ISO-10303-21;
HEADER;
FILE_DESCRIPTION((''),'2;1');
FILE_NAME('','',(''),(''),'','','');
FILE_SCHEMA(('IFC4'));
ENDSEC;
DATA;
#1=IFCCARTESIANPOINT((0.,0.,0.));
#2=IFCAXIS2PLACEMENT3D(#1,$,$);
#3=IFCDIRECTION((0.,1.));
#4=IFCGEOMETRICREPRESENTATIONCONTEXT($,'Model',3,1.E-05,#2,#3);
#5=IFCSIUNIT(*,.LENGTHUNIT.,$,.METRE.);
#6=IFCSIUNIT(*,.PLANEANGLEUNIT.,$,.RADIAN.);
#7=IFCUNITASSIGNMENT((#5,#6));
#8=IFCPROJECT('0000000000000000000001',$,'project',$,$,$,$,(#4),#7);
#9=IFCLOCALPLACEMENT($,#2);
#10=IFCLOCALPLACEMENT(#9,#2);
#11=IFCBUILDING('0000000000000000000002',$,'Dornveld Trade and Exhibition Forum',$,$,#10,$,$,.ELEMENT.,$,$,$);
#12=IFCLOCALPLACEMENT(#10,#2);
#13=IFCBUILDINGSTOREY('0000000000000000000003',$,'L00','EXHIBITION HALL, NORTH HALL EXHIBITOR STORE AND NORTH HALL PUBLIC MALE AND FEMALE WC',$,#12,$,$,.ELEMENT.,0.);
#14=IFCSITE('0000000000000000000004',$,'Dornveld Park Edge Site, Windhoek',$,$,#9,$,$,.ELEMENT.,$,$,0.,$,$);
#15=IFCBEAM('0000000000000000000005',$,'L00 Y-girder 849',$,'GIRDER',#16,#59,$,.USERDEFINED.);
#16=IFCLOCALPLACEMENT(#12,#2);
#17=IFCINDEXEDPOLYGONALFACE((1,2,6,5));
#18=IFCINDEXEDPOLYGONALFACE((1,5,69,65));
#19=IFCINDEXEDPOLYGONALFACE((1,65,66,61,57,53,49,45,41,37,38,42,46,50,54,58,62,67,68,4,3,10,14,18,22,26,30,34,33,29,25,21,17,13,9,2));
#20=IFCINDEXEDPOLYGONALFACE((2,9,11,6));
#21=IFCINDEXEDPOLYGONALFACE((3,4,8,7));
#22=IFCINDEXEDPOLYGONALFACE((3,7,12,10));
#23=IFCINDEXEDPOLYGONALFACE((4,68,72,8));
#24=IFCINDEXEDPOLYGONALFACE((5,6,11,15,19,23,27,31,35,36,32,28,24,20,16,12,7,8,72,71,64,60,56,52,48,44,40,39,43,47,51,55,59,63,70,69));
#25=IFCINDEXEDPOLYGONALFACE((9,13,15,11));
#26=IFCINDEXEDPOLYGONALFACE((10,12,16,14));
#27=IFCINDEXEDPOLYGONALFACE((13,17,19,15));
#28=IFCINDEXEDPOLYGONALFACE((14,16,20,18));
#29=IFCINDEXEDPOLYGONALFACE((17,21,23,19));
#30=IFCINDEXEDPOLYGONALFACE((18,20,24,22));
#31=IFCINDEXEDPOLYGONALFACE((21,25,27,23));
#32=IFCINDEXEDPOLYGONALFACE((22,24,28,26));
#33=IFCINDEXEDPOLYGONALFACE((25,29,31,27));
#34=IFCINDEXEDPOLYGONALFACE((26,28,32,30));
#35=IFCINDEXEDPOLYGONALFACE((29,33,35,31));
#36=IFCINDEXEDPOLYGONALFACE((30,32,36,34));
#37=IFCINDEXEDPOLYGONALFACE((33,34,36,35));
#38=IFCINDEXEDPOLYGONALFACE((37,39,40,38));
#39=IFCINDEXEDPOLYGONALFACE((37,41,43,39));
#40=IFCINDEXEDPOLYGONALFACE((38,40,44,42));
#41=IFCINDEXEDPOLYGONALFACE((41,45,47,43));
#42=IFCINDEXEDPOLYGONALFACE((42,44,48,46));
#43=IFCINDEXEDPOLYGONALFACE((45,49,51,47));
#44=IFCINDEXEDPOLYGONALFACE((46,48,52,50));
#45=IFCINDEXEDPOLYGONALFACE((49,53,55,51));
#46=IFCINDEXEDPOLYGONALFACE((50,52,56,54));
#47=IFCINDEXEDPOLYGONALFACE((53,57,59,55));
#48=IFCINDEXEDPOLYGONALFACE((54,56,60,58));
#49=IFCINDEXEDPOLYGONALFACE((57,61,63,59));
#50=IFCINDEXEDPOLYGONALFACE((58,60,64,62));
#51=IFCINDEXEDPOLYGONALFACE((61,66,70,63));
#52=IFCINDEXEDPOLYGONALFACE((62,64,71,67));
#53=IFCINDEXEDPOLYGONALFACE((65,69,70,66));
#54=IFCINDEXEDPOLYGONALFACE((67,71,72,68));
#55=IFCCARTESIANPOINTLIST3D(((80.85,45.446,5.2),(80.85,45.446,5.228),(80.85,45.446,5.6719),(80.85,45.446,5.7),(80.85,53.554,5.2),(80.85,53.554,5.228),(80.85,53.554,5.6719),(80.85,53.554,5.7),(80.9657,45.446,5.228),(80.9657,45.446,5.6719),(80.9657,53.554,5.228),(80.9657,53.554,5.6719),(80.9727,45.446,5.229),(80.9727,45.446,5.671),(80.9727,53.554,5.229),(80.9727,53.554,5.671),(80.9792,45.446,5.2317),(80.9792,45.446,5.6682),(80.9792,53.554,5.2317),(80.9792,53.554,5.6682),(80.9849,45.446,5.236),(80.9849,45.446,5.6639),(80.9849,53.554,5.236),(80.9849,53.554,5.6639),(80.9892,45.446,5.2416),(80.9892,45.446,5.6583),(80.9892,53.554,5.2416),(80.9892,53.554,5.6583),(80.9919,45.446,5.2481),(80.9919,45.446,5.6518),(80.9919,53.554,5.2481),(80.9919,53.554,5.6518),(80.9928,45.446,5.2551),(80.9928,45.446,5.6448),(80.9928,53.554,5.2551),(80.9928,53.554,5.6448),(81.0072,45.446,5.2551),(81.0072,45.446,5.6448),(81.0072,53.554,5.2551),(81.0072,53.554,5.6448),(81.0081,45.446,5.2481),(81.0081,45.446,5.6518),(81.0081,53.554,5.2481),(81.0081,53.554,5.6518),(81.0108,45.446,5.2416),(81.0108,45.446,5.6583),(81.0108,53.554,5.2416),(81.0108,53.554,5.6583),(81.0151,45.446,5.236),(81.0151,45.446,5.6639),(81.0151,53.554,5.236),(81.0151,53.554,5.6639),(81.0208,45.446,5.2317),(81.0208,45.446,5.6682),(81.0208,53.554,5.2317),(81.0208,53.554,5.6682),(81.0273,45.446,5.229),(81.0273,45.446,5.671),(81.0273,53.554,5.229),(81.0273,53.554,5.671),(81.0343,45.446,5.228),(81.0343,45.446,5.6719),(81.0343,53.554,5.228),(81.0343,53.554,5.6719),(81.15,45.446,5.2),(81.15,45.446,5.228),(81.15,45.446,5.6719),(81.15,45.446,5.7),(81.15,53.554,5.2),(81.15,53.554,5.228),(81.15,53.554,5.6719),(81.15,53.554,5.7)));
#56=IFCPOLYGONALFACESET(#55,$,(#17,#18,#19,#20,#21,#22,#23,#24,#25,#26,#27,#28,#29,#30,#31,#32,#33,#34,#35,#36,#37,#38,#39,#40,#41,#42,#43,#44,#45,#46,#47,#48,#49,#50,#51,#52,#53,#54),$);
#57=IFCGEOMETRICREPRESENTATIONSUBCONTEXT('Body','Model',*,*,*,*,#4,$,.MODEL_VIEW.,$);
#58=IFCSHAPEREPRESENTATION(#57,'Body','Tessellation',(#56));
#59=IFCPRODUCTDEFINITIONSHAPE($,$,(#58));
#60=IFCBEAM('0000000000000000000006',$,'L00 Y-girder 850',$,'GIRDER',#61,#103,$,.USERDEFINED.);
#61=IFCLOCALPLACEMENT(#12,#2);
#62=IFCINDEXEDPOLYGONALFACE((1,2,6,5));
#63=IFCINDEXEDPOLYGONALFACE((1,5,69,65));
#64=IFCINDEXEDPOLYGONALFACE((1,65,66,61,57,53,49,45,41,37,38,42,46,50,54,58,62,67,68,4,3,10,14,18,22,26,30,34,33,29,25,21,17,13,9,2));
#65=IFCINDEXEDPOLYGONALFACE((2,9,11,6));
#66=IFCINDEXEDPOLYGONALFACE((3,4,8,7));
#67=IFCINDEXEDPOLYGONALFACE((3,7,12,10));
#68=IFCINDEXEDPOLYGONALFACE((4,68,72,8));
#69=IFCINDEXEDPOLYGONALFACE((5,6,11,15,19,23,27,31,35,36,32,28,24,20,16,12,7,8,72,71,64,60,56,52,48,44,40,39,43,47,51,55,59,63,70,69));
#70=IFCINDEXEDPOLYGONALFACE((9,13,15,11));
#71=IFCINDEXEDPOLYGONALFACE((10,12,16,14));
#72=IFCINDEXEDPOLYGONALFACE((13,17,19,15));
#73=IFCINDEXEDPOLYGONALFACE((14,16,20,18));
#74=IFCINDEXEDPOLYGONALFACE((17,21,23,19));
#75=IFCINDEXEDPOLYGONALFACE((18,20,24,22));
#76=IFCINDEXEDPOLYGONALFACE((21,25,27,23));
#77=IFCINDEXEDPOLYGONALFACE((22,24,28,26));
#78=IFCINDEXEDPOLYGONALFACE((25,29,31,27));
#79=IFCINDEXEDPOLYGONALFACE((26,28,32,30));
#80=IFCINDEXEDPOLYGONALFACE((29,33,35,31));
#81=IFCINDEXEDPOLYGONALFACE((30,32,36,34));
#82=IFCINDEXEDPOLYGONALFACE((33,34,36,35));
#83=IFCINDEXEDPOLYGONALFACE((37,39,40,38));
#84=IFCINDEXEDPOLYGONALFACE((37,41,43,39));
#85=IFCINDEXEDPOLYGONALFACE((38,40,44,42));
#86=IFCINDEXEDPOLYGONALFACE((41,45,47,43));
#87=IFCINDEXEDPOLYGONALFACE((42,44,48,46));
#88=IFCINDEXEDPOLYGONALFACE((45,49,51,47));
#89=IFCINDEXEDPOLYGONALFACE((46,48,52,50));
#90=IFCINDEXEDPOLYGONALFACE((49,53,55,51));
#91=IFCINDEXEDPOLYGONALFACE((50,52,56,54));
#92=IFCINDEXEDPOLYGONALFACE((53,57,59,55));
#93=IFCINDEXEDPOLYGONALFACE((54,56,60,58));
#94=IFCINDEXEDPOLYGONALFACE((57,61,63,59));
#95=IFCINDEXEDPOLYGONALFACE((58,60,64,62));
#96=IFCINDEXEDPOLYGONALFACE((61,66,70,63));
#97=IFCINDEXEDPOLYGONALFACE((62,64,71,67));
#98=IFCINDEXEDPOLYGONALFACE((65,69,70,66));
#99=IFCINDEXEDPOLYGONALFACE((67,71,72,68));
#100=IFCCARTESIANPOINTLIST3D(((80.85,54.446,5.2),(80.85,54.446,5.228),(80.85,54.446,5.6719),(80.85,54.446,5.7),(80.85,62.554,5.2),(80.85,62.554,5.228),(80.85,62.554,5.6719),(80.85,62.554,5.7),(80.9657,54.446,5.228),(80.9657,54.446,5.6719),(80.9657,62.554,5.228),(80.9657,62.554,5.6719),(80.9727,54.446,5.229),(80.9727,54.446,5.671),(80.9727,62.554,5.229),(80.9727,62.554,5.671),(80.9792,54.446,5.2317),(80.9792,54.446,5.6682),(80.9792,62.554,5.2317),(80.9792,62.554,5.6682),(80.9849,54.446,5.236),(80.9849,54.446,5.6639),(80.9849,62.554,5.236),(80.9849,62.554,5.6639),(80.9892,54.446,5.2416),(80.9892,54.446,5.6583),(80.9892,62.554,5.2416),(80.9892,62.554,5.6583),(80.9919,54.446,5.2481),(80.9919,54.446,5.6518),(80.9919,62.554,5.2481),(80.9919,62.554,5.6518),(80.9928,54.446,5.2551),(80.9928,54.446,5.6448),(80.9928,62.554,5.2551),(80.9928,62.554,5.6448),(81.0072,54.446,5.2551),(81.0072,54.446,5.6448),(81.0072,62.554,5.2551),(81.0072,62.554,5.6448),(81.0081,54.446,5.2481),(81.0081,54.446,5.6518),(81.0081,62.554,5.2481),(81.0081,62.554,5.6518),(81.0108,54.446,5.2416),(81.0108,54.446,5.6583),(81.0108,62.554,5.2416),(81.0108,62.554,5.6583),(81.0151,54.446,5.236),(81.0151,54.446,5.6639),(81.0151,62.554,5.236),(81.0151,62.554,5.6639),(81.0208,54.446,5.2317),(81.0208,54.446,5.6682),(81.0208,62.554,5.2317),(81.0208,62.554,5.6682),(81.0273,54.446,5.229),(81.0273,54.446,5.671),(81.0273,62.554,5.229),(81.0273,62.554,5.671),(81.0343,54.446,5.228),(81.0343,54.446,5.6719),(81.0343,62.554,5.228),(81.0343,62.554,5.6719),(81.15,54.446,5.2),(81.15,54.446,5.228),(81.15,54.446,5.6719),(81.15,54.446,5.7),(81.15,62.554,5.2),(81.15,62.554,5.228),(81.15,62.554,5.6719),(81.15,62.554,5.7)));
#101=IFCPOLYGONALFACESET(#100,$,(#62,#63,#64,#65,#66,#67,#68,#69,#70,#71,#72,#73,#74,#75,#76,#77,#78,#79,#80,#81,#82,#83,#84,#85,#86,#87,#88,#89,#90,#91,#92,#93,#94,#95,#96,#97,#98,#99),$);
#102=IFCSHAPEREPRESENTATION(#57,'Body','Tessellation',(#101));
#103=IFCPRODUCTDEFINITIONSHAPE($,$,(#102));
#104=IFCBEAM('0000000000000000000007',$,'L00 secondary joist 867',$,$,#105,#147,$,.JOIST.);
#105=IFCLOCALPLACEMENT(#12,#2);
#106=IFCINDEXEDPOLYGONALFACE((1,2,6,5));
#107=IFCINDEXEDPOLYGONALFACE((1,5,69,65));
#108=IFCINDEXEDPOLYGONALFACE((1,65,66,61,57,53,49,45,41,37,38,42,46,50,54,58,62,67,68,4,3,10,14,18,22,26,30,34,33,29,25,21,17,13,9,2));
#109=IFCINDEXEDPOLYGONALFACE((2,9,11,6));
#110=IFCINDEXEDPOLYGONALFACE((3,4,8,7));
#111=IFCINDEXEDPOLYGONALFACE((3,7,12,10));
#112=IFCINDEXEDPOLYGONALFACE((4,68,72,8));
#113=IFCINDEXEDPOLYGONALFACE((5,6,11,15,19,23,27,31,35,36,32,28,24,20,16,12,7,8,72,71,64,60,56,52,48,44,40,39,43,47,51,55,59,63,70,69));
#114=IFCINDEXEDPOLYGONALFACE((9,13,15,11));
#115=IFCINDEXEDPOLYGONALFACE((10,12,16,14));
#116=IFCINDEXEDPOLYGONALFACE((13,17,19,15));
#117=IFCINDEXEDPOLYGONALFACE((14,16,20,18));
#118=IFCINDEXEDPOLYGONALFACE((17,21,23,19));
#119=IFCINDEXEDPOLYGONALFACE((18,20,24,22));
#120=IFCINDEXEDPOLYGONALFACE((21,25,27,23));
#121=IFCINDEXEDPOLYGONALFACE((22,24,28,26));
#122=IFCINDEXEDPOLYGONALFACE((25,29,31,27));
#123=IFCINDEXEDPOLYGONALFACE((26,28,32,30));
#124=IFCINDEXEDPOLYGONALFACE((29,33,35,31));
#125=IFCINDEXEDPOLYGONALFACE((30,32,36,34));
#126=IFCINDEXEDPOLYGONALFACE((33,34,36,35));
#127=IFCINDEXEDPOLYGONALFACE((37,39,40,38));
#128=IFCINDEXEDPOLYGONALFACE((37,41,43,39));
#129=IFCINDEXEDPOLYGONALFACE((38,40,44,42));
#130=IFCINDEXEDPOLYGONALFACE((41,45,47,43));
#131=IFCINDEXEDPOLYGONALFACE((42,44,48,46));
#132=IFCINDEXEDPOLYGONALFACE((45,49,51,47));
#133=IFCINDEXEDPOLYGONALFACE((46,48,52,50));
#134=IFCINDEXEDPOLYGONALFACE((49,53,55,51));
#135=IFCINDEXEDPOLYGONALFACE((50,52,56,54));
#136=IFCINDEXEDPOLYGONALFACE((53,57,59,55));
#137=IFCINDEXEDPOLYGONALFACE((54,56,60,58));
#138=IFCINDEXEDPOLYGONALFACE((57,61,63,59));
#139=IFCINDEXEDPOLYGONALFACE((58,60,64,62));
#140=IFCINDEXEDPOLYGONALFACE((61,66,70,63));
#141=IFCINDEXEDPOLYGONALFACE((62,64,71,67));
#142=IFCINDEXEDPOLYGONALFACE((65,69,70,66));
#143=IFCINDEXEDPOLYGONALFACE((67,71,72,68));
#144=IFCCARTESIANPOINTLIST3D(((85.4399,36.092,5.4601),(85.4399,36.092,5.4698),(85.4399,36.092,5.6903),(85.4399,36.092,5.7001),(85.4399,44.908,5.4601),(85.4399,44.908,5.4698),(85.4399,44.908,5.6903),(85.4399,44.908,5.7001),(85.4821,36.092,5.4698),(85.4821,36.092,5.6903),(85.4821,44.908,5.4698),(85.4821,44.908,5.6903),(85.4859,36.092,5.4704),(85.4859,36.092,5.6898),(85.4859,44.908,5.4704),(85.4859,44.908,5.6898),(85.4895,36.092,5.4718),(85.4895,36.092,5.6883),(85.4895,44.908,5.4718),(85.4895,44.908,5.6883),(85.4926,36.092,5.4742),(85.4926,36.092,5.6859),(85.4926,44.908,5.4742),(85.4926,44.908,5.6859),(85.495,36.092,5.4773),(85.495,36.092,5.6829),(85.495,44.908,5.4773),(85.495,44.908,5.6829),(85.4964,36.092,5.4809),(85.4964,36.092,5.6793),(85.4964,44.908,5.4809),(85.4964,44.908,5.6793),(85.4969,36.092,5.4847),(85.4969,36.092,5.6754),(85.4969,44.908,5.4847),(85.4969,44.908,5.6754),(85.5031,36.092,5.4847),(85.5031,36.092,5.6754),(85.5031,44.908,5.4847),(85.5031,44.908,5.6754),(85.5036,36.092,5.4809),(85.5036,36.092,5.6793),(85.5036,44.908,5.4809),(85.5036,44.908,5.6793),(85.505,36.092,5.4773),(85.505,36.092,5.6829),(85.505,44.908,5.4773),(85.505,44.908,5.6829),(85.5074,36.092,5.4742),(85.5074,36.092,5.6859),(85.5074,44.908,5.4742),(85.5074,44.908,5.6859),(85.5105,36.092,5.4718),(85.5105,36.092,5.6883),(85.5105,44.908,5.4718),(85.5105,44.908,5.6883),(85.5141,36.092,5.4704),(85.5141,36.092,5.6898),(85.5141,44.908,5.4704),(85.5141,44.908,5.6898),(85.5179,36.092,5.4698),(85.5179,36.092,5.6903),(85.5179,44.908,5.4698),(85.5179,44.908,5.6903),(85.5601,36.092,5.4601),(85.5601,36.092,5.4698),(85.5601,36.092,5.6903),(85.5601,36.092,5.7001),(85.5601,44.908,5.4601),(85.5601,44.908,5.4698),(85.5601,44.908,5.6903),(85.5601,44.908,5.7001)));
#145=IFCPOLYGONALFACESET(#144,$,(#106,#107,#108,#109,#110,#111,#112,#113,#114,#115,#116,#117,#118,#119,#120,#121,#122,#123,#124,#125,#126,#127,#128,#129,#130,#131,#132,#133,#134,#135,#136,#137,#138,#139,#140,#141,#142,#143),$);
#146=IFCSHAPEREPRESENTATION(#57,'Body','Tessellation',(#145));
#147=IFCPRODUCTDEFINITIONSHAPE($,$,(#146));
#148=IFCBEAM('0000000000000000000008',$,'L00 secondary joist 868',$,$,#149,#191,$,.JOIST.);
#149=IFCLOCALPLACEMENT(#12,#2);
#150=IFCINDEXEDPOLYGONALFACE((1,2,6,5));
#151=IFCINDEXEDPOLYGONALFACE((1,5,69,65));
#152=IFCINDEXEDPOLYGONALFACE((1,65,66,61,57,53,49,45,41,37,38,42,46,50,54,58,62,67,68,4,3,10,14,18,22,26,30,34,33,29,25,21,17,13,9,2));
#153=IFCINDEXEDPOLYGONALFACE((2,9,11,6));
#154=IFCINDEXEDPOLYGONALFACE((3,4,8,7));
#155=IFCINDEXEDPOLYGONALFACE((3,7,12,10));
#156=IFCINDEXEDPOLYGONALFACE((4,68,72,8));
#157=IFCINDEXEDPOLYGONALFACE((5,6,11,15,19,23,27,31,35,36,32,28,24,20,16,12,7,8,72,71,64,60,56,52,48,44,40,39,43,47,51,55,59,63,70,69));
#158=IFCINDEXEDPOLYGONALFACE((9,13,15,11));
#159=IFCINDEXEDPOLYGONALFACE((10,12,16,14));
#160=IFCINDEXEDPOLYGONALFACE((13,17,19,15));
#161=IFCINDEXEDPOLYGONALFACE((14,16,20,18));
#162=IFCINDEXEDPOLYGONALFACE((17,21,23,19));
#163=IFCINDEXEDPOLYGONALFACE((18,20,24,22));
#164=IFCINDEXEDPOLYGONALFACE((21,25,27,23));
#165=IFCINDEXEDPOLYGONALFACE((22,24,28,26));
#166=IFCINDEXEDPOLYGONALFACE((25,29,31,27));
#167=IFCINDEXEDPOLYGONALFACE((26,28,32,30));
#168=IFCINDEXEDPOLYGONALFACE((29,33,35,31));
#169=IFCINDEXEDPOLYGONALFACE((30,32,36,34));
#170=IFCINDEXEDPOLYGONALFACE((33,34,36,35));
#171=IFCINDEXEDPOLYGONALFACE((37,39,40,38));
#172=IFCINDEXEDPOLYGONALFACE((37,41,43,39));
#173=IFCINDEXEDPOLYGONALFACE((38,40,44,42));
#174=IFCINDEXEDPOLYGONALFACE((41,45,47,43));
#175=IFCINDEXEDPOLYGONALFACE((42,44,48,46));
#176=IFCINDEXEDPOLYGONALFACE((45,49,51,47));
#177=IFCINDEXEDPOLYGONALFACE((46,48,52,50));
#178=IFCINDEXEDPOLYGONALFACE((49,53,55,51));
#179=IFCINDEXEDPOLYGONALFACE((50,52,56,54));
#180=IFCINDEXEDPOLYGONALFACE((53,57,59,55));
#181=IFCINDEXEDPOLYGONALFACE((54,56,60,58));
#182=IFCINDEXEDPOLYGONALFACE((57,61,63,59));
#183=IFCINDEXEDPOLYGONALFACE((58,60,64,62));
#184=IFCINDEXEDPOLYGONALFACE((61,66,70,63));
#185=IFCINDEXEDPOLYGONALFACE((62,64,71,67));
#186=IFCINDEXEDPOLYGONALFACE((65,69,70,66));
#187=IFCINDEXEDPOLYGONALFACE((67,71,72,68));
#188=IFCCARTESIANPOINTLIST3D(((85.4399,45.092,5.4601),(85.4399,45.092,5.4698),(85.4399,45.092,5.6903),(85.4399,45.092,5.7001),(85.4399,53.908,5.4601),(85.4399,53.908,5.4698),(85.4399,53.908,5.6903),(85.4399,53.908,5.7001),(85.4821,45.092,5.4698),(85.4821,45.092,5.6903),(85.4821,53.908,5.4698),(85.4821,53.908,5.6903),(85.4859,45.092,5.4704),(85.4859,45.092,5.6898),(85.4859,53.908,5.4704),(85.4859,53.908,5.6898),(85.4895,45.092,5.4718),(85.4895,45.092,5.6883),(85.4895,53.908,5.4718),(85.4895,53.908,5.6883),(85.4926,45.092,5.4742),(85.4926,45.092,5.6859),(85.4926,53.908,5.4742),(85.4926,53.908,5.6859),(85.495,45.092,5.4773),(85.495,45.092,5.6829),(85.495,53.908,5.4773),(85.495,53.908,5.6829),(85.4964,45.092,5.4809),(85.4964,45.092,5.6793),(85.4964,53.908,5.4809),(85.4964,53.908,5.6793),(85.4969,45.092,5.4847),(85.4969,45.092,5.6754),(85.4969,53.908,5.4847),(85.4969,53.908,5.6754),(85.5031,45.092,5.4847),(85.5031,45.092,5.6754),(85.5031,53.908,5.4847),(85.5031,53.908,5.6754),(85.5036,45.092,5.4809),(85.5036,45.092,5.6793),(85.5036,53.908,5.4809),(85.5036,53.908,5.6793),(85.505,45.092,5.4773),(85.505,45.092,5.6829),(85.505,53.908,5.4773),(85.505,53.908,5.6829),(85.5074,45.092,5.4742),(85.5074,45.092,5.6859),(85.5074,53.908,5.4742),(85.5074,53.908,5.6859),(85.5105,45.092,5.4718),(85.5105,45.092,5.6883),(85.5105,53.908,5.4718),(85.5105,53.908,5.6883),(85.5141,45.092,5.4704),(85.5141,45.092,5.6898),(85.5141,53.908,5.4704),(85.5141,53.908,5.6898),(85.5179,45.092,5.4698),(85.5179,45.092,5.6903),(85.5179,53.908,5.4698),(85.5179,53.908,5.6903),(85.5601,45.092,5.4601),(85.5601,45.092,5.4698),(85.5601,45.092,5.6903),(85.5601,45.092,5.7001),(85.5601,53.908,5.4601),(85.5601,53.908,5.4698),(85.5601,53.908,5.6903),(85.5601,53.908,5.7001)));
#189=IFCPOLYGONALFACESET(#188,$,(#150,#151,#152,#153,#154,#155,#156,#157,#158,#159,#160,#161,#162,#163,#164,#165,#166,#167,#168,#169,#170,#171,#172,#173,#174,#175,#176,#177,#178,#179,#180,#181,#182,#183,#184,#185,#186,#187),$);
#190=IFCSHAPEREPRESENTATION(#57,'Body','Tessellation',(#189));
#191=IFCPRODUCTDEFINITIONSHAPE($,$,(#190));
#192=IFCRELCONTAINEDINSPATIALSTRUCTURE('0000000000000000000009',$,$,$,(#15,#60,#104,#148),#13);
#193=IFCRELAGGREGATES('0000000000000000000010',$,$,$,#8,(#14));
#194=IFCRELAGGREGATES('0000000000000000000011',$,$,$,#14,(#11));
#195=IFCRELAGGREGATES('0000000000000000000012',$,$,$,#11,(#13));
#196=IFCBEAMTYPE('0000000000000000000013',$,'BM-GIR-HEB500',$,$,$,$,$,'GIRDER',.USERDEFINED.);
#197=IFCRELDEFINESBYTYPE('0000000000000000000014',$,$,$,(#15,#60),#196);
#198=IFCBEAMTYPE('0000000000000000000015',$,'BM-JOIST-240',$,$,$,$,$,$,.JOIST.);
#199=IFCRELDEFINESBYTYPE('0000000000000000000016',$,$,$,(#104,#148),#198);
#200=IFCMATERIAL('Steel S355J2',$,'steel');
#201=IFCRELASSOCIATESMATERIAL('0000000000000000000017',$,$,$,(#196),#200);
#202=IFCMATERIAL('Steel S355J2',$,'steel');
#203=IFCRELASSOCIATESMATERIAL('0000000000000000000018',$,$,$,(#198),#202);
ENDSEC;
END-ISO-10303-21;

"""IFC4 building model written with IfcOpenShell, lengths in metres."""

from ifc_helpers import new_model, si_unit, direction, frame, origin, origin_2d, place, context, subcontext, project, spatial, i_section, extrude, material, material_profile, profile_set, type_object, element, save


model = new_model("IFC4")

# Units and contexts
model_context = context("Model", 3, precision=1e-05, world=origin(), true_north=direction((0.0, 1.0)))
body_context = subcontext(model_context, "Body", "Model", "MODEL_VIEW")
ifc_project = project(units=[si_unit("LENGTHUNIT", "METRE"), si_unit("PLANEANGLEUNIT", "RADIAN")], contexts=[model_context])

# Site, building, storey
site_placement = place(None, origin())
site = spatial("IfcSite", under=ifc_project, at=site_placement, Name="Dornveld Park Edge Site, Windhoek", CompositionType="ELEMENT", RefElevation=0.0)
building_placement = place(site_placement, origin())
building = spatial("IfcBuilding", under=site, at=building_placement, Name="Dornveld Trade and Exhibition Forum", CompositionType="ELEMENT")
storey_placement = place(building_placement, origin())
storey = spatial("IfcBuildingStorey", under=building, at=storey_placement, Name="L00", Description="EXHIBITION HALL, NORTH HALL EXHIBITOR STORE AND NORTH HALL PUBLIC MALE AND FEMALE WC", CompositionType="ELEMENT", Elevation=0.0)

# Beams
ifc_material_1 = material(Name="Steel S355J2", Category="steel")
ifc_material_profile_1 = material_profile(ifc_material_1, i_section(OverallWidth=0.3, OverallDepth=0.5, WebThickness=0.0144, FlangeThickness=0.0281, FilletRadius=0.0271, at=origin_2d()), Name="HEB 500")
ifc_profile_set_1 = profile_set([ifc_material_profile_1], Name="Steel S355J2")
beam_type_1 = type_object("IfcBeamType", Name="BM-GIR-HEB500", ElementType="GIRDER", PredefinedType="USERDEFINED", material=ifc_profile_set_1)
for number, where, z_axis, x_axis, name in (
    (1, (81.0, 45.446, 5.45), (0.0, 1.0, 0.0), (-1.0, 0.0, 0.0), "L00 Y-girder 849"),
    (2, (81.0, 54.446, 5.45), (0.0, 1.0, 0.0), (-1.0, 0.0, 0.0), "L00 Y-girder 850"),
):
    element("IfcBeam", number, at=place(storey_placement, frame(where, z_axis=z_axis, x_axis=x_axis)), inside=storey, type_object=beam_type_1, Name=name, ObjectType="GIRDER", PredefinedType="USERDEFINED", context=body_context, shape_type="SweptSolid", body=[
        extrude(i_section(OverallWidth=0.3, OverallDepth=0.5, WebThickness=0.0144, FlangeThickness=0.0281, FilletRadius=0.0271, at=origin_2d()), origin(), (0.0, 0.0, 1.0), 8.1079),
    ])
ifc_material_2 = material(Name="Steel S355J2", Category="steel")
ifc_material_profile_2 = material_profile(ifc_material_2, i_section(OverallWidth=0.1201, OverallDepth=0.24, WebThickness=0.0061, FlangeThickness=0.0098, FilletRadius=0.0149, at=origin_2d()), Name="IPE 240")
ifc_profile_set_2 = profile_set([ifc_material_profile_2], Name="Steel S355J2")
beam_type_2 = type_object("IfcBeamType", Name="BM-JOIST-240", PredefinedType="JOIST", material=ifc_profile_set_2)
for number, where, z_axis, x_axis, name in (
    (3, (85.5, 36.092, 5.5801), (0.0, 1.0, 0.0), (-1.0, 0.0, 0.0), "L00 secondary joist 867"),
    (4, (85.5, 45.092, 5.5801), (0.0, 1.0, 0.0), (-1.0, 0.0, 0.0), "L00 secondary joist 868"),
):
    element("IfcBeam", number, at=place(storey_placement, frame(where, z_axis=z_axis, x_axis=x_axis)), inside=storey, type_object=beam_type_2, Name=name, PredefinedType="JOIST", context=body_context, shape_type="SweptSolid", body=[
        extrude(i_section(OverallWidth=0.1201, OverallDepth=0.24, WebThickness=0.0061, FlangeThickness=0.0098, FilletRadius=0.0149, at=origin_2d()), origin(), (0.0, 0.0, 1.0), 8.8159),
    ])

save(model, "model.ifc")
